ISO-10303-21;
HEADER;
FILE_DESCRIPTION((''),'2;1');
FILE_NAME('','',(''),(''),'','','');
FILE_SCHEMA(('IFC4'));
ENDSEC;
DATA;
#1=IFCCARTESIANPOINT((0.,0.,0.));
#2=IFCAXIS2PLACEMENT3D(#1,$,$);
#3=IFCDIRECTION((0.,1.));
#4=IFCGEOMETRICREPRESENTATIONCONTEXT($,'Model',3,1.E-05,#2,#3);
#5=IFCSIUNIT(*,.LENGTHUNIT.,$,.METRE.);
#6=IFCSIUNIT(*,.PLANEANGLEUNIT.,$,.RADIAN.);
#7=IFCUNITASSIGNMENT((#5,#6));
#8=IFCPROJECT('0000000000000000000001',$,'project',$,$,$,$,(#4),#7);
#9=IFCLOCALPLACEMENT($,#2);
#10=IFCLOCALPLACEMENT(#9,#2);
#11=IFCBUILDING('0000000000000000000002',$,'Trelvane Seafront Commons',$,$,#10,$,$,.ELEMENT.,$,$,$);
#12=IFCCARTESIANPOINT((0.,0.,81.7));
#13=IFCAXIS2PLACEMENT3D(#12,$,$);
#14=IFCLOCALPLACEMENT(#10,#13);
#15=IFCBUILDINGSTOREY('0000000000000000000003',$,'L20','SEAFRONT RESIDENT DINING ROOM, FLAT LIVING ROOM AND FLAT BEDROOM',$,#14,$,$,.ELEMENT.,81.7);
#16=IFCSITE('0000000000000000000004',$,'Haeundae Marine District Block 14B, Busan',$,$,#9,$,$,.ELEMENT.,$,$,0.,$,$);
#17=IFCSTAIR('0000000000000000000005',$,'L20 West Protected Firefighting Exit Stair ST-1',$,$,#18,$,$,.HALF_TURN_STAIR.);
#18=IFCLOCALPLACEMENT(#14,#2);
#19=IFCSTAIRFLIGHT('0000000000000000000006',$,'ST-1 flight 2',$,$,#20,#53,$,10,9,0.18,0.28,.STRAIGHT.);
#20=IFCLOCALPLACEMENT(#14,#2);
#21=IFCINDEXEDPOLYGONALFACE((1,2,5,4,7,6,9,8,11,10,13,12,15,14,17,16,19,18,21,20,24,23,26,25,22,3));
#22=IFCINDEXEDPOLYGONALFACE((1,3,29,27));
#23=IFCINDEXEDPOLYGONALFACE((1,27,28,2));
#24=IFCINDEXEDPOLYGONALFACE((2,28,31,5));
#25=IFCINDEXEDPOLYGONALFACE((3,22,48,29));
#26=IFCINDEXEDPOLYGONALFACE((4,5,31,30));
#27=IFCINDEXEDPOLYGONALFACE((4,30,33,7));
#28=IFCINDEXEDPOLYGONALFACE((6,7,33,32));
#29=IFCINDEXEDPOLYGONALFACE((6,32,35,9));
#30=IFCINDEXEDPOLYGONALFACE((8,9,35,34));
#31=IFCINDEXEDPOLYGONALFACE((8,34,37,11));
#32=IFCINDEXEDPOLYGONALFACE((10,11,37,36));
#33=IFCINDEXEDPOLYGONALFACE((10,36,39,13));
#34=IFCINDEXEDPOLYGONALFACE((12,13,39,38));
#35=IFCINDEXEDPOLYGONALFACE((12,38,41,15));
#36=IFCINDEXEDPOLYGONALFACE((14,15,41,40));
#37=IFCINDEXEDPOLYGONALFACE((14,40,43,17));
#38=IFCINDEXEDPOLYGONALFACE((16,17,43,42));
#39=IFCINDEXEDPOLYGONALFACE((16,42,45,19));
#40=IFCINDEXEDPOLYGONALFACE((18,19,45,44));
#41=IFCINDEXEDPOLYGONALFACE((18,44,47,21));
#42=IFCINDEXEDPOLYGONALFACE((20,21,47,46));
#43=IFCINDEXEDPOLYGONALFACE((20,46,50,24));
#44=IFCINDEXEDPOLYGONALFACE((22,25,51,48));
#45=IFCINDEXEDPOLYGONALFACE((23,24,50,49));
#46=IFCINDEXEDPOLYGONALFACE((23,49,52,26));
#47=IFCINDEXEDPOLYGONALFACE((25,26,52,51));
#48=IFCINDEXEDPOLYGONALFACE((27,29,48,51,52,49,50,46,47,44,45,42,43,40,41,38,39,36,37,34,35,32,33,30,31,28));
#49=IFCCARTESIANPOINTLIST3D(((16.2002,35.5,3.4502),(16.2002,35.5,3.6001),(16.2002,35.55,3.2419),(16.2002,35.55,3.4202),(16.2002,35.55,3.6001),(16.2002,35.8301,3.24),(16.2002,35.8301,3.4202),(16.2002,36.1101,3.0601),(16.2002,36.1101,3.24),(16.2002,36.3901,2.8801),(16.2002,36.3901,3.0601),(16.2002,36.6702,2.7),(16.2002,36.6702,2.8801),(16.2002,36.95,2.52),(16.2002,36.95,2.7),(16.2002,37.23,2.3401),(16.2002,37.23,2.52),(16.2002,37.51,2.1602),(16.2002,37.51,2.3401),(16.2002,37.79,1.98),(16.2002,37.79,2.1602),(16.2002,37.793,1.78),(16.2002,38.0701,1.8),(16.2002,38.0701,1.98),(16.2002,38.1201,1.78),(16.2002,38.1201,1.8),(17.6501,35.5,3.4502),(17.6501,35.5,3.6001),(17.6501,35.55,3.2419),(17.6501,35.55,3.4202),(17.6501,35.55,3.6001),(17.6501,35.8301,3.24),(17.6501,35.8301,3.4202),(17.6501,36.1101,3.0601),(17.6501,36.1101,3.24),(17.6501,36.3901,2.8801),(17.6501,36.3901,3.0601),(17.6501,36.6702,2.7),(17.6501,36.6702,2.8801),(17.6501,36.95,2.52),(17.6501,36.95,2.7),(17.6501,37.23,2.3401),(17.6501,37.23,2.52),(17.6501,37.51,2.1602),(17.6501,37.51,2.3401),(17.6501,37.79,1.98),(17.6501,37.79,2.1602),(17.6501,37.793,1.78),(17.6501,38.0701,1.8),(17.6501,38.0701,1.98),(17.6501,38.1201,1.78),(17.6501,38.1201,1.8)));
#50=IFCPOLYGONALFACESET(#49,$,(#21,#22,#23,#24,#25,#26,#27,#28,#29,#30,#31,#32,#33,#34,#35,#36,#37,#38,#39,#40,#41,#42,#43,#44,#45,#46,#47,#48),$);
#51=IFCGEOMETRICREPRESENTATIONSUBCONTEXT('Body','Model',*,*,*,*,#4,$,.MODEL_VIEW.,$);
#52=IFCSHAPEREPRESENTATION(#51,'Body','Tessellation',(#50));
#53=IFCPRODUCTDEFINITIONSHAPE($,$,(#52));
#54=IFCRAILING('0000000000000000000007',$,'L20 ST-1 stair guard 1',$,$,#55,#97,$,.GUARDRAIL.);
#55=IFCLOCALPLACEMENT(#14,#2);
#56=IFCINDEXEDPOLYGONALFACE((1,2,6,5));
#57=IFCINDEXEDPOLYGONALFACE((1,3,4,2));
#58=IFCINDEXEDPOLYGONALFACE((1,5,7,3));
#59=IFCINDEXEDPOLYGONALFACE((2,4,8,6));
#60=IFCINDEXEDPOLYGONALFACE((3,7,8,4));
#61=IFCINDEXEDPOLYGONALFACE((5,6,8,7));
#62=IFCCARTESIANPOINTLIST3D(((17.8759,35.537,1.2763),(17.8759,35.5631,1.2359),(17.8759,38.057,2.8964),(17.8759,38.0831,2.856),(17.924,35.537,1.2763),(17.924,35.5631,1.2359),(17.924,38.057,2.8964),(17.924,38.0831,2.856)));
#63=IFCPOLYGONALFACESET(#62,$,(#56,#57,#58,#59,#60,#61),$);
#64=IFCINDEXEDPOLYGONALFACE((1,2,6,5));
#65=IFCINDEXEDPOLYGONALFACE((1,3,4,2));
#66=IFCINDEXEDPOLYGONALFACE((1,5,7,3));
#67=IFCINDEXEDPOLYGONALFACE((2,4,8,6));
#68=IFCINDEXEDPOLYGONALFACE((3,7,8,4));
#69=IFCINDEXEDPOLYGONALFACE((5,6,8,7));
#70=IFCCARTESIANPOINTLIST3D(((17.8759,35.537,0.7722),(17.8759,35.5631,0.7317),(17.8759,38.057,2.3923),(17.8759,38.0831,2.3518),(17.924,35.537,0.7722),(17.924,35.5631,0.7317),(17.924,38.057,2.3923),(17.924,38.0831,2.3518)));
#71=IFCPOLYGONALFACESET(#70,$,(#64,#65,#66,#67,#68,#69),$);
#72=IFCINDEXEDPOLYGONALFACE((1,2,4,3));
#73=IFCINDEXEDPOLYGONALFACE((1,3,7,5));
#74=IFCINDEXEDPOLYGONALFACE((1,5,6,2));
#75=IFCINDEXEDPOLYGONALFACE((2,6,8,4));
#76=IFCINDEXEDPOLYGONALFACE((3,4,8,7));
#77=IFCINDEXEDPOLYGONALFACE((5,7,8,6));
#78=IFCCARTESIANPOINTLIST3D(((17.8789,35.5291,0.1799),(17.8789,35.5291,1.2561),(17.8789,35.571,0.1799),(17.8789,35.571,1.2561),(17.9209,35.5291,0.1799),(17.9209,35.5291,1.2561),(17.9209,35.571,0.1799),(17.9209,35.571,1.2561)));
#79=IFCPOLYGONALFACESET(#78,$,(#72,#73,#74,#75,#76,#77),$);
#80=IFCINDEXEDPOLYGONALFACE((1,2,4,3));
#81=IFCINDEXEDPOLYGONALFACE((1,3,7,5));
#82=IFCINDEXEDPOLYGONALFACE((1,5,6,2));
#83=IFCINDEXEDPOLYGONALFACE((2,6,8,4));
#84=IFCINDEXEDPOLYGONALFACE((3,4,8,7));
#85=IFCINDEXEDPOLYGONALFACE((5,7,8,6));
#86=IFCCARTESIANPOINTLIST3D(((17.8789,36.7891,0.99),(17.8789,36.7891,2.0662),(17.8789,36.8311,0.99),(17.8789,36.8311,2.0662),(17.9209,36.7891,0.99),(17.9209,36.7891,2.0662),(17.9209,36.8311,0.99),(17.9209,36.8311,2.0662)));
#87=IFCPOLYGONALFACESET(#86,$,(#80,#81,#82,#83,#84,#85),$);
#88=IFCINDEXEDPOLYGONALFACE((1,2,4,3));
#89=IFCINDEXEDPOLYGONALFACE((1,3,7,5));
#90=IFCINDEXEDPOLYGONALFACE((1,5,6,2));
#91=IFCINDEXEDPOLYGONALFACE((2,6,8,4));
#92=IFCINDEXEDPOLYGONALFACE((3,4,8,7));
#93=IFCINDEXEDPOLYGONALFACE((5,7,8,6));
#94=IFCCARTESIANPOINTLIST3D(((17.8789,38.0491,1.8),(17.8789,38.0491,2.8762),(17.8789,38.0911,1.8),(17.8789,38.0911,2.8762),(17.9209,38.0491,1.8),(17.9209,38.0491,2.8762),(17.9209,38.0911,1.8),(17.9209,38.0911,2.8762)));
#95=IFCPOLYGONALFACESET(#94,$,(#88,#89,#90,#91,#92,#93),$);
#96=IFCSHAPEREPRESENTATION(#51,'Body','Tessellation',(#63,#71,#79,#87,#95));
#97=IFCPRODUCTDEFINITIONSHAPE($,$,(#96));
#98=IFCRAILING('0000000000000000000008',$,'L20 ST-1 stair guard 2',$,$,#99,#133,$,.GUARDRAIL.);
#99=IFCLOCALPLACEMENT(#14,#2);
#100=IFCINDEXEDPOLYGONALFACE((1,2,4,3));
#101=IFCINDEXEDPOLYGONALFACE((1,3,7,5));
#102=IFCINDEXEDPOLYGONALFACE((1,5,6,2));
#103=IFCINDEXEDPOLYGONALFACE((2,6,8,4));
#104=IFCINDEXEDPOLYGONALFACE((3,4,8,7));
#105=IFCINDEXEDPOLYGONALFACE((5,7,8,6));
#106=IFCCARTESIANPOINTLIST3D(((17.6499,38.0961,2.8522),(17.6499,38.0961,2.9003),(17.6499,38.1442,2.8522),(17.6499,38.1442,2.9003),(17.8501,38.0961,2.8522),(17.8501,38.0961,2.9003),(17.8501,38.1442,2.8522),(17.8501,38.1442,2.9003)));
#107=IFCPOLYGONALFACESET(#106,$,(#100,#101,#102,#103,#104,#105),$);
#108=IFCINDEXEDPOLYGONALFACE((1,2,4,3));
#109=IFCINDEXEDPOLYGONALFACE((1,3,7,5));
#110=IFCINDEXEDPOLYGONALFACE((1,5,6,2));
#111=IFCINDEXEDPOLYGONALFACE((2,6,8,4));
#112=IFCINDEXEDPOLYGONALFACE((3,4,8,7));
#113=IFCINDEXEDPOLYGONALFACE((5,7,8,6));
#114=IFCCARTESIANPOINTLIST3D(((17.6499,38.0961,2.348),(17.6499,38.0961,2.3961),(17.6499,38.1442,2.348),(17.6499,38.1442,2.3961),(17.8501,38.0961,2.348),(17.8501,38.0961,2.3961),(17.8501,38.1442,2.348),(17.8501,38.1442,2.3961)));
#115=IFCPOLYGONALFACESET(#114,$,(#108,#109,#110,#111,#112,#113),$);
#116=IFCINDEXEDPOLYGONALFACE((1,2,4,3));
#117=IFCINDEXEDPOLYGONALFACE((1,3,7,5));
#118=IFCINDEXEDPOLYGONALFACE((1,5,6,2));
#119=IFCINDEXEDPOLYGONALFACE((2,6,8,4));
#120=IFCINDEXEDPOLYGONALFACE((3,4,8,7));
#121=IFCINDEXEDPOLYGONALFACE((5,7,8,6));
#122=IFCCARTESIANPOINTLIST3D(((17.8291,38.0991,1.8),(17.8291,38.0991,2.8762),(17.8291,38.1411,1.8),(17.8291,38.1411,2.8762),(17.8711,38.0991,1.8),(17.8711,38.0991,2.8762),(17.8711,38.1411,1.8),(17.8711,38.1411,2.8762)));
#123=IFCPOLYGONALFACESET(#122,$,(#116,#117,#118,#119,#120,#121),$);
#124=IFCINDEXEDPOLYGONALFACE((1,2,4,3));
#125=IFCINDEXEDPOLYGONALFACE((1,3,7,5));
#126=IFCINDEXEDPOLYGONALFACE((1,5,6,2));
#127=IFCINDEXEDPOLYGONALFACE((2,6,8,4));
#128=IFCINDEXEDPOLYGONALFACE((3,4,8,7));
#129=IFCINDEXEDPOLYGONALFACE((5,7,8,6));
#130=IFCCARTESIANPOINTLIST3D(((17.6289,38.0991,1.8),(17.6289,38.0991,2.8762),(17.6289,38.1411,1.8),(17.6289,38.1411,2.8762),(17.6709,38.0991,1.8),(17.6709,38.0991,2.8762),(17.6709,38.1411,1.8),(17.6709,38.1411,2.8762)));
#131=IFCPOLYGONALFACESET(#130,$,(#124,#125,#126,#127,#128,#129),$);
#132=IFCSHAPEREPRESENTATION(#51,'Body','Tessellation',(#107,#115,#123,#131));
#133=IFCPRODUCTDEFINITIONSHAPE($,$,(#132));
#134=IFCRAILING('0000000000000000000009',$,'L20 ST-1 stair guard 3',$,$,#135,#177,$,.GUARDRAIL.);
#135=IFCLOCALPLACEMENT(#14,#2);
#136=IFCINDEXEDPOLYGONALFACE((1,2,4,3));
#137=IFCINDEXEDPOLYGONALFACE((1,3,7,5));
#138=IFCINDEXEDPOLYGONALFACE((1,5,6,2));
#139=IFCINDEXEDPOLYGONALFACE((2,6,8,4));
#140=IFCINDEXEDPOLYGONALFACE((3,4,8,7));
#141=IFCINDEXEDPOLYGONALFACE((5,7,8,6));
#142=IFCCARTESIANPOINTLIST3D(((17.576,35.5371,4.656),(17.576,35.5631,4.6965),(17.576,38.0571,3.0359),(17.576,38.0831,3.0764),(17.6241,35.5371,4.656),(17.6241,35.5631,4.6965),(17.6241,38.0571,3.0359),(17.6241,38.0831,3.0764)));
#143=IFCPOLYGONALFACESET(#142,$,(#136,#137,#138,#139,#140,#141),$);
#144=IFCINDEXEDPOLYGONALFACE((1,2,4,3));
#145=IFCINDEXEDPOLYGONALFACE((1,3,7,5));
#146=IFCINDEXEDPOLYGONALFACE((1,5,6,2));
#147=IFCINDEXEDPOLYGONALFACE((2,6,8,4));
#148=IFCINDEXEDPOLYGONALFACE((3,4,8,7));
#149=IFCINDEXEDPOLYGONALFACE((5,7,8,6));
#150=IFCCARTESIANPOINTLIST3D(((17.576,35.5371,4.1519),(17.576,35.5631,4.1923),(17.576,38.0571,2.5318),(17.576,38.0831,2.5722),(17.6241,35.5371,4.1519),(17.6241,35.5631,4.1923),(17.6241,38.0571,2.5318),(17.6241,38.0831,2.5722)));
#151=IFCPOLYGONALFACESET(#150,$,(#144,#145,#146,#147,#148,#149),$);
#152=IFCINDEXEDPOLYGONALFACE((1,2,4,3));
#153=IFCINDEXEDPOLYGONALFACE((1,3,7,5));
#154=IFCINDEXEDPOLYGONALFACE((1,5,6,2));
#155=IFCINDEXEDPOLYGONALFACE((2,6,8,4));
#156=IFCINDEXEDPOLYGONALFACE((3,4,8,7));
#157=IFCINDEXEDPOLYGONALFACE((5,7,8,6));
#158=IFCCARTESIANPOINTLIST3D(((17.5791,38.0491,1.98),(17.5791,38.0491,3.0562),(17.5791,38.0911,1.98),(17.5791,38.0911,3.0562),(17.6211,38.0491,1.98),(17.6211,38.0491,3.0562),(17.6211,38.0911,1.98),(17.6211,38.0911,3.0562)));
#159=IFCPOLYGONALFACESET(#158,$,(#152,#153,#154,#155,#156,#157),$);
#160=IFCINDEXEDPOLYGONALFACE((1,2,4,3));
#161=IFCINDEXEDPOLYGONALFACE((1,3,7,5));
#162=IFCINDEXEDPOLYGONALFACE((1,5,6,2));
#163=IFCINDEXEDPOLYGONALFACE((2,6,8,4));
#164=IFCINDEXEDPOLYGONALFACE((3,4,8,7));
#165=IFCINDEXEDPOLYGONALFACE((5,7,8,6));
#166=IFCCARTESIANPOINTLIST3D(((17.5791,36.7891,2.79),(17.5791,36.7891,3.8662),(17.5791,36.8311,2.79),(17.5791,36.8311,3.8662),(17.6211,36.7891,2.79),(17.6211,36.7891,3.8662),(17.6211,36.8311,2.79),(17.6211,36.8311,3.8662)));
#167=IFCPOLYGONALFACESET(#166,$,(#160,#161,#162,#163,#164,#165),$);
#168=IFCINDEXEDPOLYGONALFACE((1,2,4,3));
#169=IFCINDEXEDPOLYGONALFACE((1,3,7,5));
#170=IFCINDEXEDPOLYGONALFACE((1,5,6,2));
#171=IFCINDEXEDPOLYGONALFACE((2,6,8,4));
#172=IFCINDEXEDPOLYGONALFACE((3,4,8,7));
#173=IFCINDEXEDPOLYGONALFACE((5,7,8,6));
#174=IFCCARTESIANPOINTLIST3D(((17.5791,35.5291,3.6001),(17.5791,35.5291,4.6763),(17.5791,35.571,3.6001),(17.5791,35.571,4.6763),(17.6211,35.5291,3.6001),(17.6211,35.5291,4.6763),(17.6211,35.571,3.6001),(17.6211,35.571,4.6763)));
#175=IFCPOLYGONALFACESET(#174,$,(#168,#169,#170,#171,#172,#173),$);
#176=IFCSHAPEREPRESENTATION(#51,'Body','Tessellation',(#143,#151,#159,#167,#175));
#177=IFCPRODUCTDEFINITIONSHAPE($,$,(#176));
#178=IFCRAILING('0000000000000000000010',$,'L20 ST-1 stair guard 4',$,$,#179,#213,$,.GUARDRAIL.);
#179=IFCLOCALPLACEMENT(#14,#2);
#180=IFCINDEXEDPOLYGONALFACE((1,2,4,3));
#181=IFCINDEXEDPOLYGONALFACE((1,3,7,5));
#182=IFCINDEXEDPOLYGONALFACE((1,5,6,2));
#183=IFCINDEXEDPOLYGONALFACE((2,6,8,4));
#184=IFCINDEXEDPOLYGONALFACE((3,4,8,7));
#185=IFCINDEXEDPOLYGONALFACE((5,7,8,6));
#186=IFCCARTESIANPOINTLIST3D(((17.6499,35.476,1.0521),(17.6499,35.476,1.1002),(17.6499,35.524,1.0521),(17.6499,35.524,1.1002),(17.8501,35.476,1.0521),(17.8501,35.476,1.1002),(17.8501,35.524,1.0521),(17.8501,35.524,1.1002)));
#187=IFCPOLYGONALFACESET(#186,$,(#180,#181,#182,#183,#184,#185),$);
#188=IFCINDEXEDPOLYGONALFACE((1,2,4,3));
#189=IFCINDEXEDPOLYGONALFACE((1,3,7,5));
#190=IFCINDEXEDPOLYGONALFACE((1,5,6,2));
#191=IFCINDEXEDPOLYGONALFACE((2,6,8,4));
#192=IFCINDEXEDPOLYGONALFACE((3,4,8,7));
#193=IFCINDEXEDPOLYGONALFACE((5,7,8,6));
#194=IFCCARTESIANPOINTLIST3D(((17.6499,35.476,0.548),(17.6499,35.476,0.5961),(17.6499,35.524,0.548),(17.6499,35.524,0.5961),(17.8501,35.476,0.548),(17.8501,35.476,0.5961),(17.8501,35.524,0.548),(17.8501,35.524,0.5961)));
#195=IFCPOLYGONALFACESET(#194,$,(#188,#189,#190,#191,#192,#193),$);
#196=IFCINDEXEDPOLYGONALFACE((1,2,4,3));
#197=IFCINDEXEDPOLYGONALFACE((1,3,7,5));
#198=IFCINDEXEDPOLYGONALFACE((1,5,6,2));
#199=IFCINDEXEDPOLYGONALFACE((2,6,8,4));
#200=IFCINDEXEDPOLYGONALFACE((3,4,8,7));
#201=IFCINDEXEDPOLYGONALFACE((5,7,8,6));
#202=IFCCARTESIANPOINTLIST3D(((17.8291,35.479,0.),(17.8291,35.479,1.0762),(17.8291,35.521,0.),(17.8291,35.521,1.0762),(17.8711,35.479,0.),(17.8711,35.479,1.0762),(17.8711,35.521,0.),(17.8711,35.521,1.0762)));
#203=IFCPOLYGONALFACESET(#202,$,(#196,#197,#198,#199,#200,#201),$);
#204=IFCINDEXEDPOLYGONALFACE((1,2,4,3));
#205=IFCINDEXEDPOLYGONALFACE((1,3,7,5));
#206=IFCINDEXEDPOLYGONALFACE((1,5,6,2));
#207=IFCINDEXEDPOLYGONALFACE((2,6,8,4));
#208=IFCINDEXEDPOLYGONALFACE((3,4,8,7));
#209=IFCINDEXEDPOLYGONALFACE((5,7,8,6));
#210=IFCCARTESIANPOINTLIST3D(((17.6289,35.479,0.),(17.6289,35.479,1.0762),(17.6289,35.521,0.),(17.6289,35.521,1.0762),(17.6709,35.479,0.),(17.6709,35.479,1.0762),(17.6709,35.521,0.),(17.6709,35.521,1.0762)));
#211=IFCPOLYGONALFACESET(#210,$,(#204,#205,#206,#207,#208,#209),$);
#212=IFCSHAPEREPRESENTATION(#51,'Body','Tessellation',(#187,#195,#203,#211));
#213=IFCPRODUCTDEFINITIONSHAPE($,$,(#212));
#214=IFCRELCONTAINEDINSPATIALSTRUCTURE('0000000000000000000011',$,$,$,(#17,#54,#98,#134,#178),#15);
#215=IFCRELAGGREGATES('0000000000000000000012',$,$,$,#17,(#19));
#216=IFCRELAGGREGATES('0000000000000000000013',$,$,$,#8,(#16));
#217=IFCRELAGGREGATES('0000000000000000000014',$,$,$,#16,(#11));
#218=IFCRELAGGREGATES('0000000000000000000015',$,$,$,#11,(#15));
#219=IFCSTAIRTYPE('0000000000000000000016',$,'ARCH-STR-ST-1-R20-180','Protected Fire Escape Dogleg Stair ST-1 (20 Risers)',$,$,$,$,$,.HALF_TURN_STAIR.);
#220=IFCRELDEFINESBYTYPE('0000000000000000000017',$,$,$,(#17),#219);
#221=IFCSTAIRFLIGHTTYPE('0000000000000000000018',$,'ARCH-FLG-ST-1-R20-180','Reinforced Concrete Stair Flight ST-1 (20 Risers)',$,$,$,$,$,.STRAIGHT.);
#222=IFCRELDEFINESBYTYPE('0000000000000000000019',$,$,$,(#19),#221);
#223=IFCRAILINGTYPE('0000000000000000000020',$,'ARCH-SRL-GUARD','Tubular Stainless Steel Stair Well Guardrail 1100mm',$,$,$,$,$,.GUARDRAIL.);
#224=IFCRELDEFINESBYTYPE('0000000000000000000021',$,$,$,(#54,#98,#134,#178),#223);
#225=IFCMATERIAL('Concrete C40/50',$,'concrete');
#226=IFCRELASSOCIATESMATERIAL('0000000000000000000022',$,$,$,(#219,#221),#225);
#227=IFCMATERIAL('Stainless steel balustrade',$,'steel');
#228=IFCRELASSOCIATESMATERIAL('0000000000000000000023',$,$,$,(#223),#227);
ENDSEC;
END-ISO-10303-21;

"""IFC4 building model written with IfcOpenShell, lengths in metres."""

from ifc_helpers import new_model, si_unit, direction, frame, origin, origin_2d, place, context, subcontext, project, spatial, polyline, rectangle, outline, extrude, source, transform, mapped, material, type_object, element, aggregate, save


model = new_model("IFC4")

# Units and contexts
model_context = context("Model", 3, precision=1e-05, world=origin(), true_north=direction((0.0, 1.0)))
body_context = subcontext(model_context, "Body", "Model", "MODEL_VIEW")
ifc_project = project(units=[si_unit("LENGTHUNIT", "METRE"), si_unit("PLANEANGLEUNIT", "RADIAN")], contexts=[model_context])

# Site, building, storey
site_placement = place(None, origin())
site = spatial("IfcSite", under=ifc_project, at=site_placement, Name="Haeundae Marine District Block 14B, Busan", CompositionType="ELEMENT", RefElevation=0.0)
building_placement = place(site_placement, origin())
building = spatial("IfcBuilding", under=site, at=building_placement, Name="Trelvane Seafront Commons", CompositionType="ELEMENT")
storey_placement = place(building_placement, frame((0.0, 0.0, 81.7)))
storey = spatial("IfcBuildingStorey", under=building, at=storey_placement, Name="L20", Description="SEAFRONT RESIDENT DINING ROOM, FLAT LIVING ROOM AND FLAT BEDROOM", CompositionType="ELEMENT", Elevation=81.7)

# Shared definitions
ifc_material_1 = material(Name="Concrete C40/50", Category="concrete")

# Shared definitions
ifc_material_2 = material(Name="Stainless steel balustrade", Category="steel")

# Stair, stair flight
stair_type = type_object("IfcStairType", Name="ARCH-STR-ST-1-R20-180", Description="Protected Fire Escape Dogleg Stair ST-1 (20 Risers)", PredefinedType="HALF_TURN_STAIR", material=ifc_material_1)
stair_placement = place(storey_placement, origin())
stair = element("IfcStair", 1, at=stair_placement, inside=storey, type_object=stair_type, Name="L20 West Protected Firefighting Exit Stair ST-1", PredefinedType="HALF_TURN_STAIR")
stair_flight_type = type_object("IfcStairFlightType", Name="ARCH-FLG-ST-1-R20-180", Description="Reinforced Concrete Stair Flight ST-1 (20 Risers)", PredefinedType="STRAIGHT", material=ifc_material_1)
shared_shape_1 = source(origin(), body_context, "Body", "SweptSolid", [
    extrude(outline(polyline([(-0.05, -0.02), (-0.05, 0.0), (0.0, 0.0), (0.0, 0.1799), (0.28, 0.1799), (0.28, 0.3601), (0.5601, 0.3601), (0.5601, 0.54), (0.8401, 0.54), (0.8401, 0.72), (1.1201, 0.72), (1.1201, 0.8999), (1.3999, 0.8999), (1.3999, 1.0801), (1.6799, 1.0801), (1.6799, 1.26), (1.96, 1.26), (1.96, 1.4399), (2.24, 1.4399), (2.24, 1.6201), (2.52, 1.6201), (2.52, 1.8), (2.5701, 1.8), (2.5701, 1.6501), (2.52, 1.4419), (0.2771, -0.02), (-0.05, -0.02)])), frame((0.0, 0.7251, 0.0), z_axis=(0.0, -1.0, 0.0), x_axis=(1.0, 0.0, 0.0)), (0.0, 0.0, 1.0), 1.45),
])
stair_flight_1_placement = place(storey_placement, frame((16.925, 38.0701, 1.8), z_axis=(0.0, 0.0, 1.0), x_axis=(0.0, -1.0, 0.0)))
stair_flight_1 = element("IfcStairFlight", 2, at=stair_flight_1_placement, type_object=stair_flight_type, Name="ST-1 flight 2", NumberOfRisers=10, NumberOfTreads=9, PredefinedType="STRAIGHT", RiserHeight=0.18, TreadLength=0.28, context=body_context, shape_type="MappedRepresentation", body=[
    mapped(shared_shape_1, transform((0.0, 0.0, 0.0), x_axis=(1.0, 0.0, 0.0), y_axis=(0.0, 1.0, 0.0), z_axis=(0.0, 0.0, 1.0), scale=1.0)),
])
aggregate(stair, [stair_flight_1])

# Railings
railing_type_1 = type_object("IfcRailingType", Name="ARCH-SRL-GUARD", Description="Tubular Stainless Steel Stair Well Guardrail 1100mm", PredefinedType="GUARDRAIL", material=ifc_material_2)
railing_1_placement = place(storey_placement, frame((17.8999, 35.55, 0.1799)))
element("IfcRailing", 3, at=railing_1_placement, inside=storey, type_object=railing_type_1, Name="L20 ST-1 stair guard 1", PredefinedType="GUARDRAIL", context=body_context, shape_type="SweptSolid", body=[
    extrude(rectangle(XDim=0.0481, YDim=0.0481, at=origin_2d()), frame((0.0, 0.0, 1.0762), z_axis=(0.0, 0.841163, 0.540782), x_axis=(-1.0, 0.0, 0.0)), (0.0, 0.0, 1.0), 2.9958),
    extrude(rectangle(XDim=0.0481, YDim=0.0481, at=origin_2d()), frame((0.0, 0.0, 0.572), z_axis=(0.0, 0.841163, 0.540782), x_axis=(-1.0, 0.0, 0.0)), (0.0, 0.0, 1.0), 2.9958),
    extrude(rectangle(XDim=0.042, YDim=0.042, at=origin_2d()), origin(), (0.0, 0.0, 1.0), 1.0762),
    extrude(rectangle(XDim=0.042, YDim=0.042, at=origin_2d()), frame((0.0, 1.26, 0.8101)), (0.0, 0.0, 1.0), 1.0762),
    extrude(rectangle(XDim=0.042, YDim=0.042, at=origin_2d()), frame((0.0, 2.52, 1.6201)), (0.0, 0.0, 1.0), 1.0762),
])
railing_2_placement = place(storey_placement, frame((17.8501, 38.1201, 1.8)))
element("IfcRailing", 4, at=railing_2_placement, inside=storey, type_object=railing_type_1, Name="L20 ST-1 stair guard 2", PredefinedType="GUARDRAIL", context=body_context, shape_type="SweptSolid", body=[
    extrude(rectangle(XDim=0.0481, YDim=0.0481, at=origin_2d()), frame((0.0, 0.0, 1.0762), z_axis=(-1.0, 0.0, 0.0), x_axis=(0.0, -1.0, 0.0)), (0.0, 0.0, 1.0), 0.2002),
    extrude(rectangle(XDim=0.0481, YDim=0.0481, at=origin_2d()), frame((0.0, 0.0, 0.572), z_axis=(-1.0, 0.0, 0.0), x_axis=(0.0, -1.0, 0.0)), (0.0, 0.0, 1.0), 0.2002),
    extrude(rectangle(XDim=0.042, YDim=0.042, at=origin_2d()), origin(), (0.0, 0.0, 1.0), 1.0762),
    extrude(rectangle(XDim=0.042, YDim=0.042, at=origin_2d()), frame((-0.2002, 0.0, 0.0)), (0.0, 0.0, 1.0), 1.0762),
])
railing_3_placement = place(storey_placement, frame((17.6001, 38.0701, 1.98)))
element("IfcRailing", 5, at=railing_3_placement, inside=storey, type_object=railing_type_1, Name="L20 ST-1 stair guard 3", PredefinedType="GUARDRAIL", context=body_context, shape_type="SweptSolid", body=[
    extrude(rectangle(XDim=0.0481, YDim=0.0481, at=origin_2d()), frame((0.0, 0.0, 1.0762), z_axis=(0.0, -0.841163, 0.540782), x_axis=(1.0, 0.0, 0.0)), (0.0, 0.0, 1.0), 2.9958),
    extrude(rectangle(XDim=0.0481, YDim=0.0481, at=origin_2d()), frame((0.0, 0.0, 0.572), z_axis=(0.0, -0.841163, 0.540782), x_axis=(1.0, 0.0, 0.0)), (0.0, 0.0, 1.0), 2.9958),
    extrude(rectangle(XDim=0.042, YDim=0.042, at=origin_2d()), origin(), (0.0, 0.0, 1.0), 1.0762),
    extrude(rectangle(XDim=0.042, YDim=0.042, at=origin_2d()), frame((0.0, -1.26, 0.8101)), (0.0, 0.0, 1.0), 1.0762),
    extrude(rectangle(XDim=0.042, YDim=0.042, at=origin_2d()), frame((0.0, -2.52, 1.6201)), (0.0, 0.0, 1.0), 1.0762),
])
railing_4_placement = place(storey_placement, frame((17.8501, 35.5, 0.0)))
element("IfcRailing", 6, at=railing_4_placement, inside=storey, type_object=railing_type_1, Name="L20 ST-1 stair guard 4", PredefinedType="GUARDRAIL", context=body_context, shape_type="SweptSolid", body=[
    extrude(rectangle(XDim=0.0481, YDim=0.0481, at=origin_2d()), frame((0.0, 0.0, 1.0762), z_axis=(-1.0, 0.0, 0.0), x_axis=(0.0, -1.0, 0.0)), (0.0, 0.0, 1.0), 0.2002),
    extrude(rectangle(XDim=0.0481, YDim=0.0481, at=origin_2d()), frame((0.0, 0.0, 0.572), z_axis=(-1.0, 0.0, 0.0), x_axis=(0.0, -1.0, 0.0)), (0.0, 0.0, 1.0), 0.2002),
    extrude(rectangle(XDim=0.042, YDim=0.042, at=origin_2d()), origin(), (0.0, 0.0, 1.0), 1.0762),
    extrude(rectangle(XDim=0.042, YDim=0.042, at=origin_2d()), frame((-0.2002, 0.0, 0.0)), (0.0, 0.0, 1.0), 1.0762),
])

save(model, "model.ifc")
